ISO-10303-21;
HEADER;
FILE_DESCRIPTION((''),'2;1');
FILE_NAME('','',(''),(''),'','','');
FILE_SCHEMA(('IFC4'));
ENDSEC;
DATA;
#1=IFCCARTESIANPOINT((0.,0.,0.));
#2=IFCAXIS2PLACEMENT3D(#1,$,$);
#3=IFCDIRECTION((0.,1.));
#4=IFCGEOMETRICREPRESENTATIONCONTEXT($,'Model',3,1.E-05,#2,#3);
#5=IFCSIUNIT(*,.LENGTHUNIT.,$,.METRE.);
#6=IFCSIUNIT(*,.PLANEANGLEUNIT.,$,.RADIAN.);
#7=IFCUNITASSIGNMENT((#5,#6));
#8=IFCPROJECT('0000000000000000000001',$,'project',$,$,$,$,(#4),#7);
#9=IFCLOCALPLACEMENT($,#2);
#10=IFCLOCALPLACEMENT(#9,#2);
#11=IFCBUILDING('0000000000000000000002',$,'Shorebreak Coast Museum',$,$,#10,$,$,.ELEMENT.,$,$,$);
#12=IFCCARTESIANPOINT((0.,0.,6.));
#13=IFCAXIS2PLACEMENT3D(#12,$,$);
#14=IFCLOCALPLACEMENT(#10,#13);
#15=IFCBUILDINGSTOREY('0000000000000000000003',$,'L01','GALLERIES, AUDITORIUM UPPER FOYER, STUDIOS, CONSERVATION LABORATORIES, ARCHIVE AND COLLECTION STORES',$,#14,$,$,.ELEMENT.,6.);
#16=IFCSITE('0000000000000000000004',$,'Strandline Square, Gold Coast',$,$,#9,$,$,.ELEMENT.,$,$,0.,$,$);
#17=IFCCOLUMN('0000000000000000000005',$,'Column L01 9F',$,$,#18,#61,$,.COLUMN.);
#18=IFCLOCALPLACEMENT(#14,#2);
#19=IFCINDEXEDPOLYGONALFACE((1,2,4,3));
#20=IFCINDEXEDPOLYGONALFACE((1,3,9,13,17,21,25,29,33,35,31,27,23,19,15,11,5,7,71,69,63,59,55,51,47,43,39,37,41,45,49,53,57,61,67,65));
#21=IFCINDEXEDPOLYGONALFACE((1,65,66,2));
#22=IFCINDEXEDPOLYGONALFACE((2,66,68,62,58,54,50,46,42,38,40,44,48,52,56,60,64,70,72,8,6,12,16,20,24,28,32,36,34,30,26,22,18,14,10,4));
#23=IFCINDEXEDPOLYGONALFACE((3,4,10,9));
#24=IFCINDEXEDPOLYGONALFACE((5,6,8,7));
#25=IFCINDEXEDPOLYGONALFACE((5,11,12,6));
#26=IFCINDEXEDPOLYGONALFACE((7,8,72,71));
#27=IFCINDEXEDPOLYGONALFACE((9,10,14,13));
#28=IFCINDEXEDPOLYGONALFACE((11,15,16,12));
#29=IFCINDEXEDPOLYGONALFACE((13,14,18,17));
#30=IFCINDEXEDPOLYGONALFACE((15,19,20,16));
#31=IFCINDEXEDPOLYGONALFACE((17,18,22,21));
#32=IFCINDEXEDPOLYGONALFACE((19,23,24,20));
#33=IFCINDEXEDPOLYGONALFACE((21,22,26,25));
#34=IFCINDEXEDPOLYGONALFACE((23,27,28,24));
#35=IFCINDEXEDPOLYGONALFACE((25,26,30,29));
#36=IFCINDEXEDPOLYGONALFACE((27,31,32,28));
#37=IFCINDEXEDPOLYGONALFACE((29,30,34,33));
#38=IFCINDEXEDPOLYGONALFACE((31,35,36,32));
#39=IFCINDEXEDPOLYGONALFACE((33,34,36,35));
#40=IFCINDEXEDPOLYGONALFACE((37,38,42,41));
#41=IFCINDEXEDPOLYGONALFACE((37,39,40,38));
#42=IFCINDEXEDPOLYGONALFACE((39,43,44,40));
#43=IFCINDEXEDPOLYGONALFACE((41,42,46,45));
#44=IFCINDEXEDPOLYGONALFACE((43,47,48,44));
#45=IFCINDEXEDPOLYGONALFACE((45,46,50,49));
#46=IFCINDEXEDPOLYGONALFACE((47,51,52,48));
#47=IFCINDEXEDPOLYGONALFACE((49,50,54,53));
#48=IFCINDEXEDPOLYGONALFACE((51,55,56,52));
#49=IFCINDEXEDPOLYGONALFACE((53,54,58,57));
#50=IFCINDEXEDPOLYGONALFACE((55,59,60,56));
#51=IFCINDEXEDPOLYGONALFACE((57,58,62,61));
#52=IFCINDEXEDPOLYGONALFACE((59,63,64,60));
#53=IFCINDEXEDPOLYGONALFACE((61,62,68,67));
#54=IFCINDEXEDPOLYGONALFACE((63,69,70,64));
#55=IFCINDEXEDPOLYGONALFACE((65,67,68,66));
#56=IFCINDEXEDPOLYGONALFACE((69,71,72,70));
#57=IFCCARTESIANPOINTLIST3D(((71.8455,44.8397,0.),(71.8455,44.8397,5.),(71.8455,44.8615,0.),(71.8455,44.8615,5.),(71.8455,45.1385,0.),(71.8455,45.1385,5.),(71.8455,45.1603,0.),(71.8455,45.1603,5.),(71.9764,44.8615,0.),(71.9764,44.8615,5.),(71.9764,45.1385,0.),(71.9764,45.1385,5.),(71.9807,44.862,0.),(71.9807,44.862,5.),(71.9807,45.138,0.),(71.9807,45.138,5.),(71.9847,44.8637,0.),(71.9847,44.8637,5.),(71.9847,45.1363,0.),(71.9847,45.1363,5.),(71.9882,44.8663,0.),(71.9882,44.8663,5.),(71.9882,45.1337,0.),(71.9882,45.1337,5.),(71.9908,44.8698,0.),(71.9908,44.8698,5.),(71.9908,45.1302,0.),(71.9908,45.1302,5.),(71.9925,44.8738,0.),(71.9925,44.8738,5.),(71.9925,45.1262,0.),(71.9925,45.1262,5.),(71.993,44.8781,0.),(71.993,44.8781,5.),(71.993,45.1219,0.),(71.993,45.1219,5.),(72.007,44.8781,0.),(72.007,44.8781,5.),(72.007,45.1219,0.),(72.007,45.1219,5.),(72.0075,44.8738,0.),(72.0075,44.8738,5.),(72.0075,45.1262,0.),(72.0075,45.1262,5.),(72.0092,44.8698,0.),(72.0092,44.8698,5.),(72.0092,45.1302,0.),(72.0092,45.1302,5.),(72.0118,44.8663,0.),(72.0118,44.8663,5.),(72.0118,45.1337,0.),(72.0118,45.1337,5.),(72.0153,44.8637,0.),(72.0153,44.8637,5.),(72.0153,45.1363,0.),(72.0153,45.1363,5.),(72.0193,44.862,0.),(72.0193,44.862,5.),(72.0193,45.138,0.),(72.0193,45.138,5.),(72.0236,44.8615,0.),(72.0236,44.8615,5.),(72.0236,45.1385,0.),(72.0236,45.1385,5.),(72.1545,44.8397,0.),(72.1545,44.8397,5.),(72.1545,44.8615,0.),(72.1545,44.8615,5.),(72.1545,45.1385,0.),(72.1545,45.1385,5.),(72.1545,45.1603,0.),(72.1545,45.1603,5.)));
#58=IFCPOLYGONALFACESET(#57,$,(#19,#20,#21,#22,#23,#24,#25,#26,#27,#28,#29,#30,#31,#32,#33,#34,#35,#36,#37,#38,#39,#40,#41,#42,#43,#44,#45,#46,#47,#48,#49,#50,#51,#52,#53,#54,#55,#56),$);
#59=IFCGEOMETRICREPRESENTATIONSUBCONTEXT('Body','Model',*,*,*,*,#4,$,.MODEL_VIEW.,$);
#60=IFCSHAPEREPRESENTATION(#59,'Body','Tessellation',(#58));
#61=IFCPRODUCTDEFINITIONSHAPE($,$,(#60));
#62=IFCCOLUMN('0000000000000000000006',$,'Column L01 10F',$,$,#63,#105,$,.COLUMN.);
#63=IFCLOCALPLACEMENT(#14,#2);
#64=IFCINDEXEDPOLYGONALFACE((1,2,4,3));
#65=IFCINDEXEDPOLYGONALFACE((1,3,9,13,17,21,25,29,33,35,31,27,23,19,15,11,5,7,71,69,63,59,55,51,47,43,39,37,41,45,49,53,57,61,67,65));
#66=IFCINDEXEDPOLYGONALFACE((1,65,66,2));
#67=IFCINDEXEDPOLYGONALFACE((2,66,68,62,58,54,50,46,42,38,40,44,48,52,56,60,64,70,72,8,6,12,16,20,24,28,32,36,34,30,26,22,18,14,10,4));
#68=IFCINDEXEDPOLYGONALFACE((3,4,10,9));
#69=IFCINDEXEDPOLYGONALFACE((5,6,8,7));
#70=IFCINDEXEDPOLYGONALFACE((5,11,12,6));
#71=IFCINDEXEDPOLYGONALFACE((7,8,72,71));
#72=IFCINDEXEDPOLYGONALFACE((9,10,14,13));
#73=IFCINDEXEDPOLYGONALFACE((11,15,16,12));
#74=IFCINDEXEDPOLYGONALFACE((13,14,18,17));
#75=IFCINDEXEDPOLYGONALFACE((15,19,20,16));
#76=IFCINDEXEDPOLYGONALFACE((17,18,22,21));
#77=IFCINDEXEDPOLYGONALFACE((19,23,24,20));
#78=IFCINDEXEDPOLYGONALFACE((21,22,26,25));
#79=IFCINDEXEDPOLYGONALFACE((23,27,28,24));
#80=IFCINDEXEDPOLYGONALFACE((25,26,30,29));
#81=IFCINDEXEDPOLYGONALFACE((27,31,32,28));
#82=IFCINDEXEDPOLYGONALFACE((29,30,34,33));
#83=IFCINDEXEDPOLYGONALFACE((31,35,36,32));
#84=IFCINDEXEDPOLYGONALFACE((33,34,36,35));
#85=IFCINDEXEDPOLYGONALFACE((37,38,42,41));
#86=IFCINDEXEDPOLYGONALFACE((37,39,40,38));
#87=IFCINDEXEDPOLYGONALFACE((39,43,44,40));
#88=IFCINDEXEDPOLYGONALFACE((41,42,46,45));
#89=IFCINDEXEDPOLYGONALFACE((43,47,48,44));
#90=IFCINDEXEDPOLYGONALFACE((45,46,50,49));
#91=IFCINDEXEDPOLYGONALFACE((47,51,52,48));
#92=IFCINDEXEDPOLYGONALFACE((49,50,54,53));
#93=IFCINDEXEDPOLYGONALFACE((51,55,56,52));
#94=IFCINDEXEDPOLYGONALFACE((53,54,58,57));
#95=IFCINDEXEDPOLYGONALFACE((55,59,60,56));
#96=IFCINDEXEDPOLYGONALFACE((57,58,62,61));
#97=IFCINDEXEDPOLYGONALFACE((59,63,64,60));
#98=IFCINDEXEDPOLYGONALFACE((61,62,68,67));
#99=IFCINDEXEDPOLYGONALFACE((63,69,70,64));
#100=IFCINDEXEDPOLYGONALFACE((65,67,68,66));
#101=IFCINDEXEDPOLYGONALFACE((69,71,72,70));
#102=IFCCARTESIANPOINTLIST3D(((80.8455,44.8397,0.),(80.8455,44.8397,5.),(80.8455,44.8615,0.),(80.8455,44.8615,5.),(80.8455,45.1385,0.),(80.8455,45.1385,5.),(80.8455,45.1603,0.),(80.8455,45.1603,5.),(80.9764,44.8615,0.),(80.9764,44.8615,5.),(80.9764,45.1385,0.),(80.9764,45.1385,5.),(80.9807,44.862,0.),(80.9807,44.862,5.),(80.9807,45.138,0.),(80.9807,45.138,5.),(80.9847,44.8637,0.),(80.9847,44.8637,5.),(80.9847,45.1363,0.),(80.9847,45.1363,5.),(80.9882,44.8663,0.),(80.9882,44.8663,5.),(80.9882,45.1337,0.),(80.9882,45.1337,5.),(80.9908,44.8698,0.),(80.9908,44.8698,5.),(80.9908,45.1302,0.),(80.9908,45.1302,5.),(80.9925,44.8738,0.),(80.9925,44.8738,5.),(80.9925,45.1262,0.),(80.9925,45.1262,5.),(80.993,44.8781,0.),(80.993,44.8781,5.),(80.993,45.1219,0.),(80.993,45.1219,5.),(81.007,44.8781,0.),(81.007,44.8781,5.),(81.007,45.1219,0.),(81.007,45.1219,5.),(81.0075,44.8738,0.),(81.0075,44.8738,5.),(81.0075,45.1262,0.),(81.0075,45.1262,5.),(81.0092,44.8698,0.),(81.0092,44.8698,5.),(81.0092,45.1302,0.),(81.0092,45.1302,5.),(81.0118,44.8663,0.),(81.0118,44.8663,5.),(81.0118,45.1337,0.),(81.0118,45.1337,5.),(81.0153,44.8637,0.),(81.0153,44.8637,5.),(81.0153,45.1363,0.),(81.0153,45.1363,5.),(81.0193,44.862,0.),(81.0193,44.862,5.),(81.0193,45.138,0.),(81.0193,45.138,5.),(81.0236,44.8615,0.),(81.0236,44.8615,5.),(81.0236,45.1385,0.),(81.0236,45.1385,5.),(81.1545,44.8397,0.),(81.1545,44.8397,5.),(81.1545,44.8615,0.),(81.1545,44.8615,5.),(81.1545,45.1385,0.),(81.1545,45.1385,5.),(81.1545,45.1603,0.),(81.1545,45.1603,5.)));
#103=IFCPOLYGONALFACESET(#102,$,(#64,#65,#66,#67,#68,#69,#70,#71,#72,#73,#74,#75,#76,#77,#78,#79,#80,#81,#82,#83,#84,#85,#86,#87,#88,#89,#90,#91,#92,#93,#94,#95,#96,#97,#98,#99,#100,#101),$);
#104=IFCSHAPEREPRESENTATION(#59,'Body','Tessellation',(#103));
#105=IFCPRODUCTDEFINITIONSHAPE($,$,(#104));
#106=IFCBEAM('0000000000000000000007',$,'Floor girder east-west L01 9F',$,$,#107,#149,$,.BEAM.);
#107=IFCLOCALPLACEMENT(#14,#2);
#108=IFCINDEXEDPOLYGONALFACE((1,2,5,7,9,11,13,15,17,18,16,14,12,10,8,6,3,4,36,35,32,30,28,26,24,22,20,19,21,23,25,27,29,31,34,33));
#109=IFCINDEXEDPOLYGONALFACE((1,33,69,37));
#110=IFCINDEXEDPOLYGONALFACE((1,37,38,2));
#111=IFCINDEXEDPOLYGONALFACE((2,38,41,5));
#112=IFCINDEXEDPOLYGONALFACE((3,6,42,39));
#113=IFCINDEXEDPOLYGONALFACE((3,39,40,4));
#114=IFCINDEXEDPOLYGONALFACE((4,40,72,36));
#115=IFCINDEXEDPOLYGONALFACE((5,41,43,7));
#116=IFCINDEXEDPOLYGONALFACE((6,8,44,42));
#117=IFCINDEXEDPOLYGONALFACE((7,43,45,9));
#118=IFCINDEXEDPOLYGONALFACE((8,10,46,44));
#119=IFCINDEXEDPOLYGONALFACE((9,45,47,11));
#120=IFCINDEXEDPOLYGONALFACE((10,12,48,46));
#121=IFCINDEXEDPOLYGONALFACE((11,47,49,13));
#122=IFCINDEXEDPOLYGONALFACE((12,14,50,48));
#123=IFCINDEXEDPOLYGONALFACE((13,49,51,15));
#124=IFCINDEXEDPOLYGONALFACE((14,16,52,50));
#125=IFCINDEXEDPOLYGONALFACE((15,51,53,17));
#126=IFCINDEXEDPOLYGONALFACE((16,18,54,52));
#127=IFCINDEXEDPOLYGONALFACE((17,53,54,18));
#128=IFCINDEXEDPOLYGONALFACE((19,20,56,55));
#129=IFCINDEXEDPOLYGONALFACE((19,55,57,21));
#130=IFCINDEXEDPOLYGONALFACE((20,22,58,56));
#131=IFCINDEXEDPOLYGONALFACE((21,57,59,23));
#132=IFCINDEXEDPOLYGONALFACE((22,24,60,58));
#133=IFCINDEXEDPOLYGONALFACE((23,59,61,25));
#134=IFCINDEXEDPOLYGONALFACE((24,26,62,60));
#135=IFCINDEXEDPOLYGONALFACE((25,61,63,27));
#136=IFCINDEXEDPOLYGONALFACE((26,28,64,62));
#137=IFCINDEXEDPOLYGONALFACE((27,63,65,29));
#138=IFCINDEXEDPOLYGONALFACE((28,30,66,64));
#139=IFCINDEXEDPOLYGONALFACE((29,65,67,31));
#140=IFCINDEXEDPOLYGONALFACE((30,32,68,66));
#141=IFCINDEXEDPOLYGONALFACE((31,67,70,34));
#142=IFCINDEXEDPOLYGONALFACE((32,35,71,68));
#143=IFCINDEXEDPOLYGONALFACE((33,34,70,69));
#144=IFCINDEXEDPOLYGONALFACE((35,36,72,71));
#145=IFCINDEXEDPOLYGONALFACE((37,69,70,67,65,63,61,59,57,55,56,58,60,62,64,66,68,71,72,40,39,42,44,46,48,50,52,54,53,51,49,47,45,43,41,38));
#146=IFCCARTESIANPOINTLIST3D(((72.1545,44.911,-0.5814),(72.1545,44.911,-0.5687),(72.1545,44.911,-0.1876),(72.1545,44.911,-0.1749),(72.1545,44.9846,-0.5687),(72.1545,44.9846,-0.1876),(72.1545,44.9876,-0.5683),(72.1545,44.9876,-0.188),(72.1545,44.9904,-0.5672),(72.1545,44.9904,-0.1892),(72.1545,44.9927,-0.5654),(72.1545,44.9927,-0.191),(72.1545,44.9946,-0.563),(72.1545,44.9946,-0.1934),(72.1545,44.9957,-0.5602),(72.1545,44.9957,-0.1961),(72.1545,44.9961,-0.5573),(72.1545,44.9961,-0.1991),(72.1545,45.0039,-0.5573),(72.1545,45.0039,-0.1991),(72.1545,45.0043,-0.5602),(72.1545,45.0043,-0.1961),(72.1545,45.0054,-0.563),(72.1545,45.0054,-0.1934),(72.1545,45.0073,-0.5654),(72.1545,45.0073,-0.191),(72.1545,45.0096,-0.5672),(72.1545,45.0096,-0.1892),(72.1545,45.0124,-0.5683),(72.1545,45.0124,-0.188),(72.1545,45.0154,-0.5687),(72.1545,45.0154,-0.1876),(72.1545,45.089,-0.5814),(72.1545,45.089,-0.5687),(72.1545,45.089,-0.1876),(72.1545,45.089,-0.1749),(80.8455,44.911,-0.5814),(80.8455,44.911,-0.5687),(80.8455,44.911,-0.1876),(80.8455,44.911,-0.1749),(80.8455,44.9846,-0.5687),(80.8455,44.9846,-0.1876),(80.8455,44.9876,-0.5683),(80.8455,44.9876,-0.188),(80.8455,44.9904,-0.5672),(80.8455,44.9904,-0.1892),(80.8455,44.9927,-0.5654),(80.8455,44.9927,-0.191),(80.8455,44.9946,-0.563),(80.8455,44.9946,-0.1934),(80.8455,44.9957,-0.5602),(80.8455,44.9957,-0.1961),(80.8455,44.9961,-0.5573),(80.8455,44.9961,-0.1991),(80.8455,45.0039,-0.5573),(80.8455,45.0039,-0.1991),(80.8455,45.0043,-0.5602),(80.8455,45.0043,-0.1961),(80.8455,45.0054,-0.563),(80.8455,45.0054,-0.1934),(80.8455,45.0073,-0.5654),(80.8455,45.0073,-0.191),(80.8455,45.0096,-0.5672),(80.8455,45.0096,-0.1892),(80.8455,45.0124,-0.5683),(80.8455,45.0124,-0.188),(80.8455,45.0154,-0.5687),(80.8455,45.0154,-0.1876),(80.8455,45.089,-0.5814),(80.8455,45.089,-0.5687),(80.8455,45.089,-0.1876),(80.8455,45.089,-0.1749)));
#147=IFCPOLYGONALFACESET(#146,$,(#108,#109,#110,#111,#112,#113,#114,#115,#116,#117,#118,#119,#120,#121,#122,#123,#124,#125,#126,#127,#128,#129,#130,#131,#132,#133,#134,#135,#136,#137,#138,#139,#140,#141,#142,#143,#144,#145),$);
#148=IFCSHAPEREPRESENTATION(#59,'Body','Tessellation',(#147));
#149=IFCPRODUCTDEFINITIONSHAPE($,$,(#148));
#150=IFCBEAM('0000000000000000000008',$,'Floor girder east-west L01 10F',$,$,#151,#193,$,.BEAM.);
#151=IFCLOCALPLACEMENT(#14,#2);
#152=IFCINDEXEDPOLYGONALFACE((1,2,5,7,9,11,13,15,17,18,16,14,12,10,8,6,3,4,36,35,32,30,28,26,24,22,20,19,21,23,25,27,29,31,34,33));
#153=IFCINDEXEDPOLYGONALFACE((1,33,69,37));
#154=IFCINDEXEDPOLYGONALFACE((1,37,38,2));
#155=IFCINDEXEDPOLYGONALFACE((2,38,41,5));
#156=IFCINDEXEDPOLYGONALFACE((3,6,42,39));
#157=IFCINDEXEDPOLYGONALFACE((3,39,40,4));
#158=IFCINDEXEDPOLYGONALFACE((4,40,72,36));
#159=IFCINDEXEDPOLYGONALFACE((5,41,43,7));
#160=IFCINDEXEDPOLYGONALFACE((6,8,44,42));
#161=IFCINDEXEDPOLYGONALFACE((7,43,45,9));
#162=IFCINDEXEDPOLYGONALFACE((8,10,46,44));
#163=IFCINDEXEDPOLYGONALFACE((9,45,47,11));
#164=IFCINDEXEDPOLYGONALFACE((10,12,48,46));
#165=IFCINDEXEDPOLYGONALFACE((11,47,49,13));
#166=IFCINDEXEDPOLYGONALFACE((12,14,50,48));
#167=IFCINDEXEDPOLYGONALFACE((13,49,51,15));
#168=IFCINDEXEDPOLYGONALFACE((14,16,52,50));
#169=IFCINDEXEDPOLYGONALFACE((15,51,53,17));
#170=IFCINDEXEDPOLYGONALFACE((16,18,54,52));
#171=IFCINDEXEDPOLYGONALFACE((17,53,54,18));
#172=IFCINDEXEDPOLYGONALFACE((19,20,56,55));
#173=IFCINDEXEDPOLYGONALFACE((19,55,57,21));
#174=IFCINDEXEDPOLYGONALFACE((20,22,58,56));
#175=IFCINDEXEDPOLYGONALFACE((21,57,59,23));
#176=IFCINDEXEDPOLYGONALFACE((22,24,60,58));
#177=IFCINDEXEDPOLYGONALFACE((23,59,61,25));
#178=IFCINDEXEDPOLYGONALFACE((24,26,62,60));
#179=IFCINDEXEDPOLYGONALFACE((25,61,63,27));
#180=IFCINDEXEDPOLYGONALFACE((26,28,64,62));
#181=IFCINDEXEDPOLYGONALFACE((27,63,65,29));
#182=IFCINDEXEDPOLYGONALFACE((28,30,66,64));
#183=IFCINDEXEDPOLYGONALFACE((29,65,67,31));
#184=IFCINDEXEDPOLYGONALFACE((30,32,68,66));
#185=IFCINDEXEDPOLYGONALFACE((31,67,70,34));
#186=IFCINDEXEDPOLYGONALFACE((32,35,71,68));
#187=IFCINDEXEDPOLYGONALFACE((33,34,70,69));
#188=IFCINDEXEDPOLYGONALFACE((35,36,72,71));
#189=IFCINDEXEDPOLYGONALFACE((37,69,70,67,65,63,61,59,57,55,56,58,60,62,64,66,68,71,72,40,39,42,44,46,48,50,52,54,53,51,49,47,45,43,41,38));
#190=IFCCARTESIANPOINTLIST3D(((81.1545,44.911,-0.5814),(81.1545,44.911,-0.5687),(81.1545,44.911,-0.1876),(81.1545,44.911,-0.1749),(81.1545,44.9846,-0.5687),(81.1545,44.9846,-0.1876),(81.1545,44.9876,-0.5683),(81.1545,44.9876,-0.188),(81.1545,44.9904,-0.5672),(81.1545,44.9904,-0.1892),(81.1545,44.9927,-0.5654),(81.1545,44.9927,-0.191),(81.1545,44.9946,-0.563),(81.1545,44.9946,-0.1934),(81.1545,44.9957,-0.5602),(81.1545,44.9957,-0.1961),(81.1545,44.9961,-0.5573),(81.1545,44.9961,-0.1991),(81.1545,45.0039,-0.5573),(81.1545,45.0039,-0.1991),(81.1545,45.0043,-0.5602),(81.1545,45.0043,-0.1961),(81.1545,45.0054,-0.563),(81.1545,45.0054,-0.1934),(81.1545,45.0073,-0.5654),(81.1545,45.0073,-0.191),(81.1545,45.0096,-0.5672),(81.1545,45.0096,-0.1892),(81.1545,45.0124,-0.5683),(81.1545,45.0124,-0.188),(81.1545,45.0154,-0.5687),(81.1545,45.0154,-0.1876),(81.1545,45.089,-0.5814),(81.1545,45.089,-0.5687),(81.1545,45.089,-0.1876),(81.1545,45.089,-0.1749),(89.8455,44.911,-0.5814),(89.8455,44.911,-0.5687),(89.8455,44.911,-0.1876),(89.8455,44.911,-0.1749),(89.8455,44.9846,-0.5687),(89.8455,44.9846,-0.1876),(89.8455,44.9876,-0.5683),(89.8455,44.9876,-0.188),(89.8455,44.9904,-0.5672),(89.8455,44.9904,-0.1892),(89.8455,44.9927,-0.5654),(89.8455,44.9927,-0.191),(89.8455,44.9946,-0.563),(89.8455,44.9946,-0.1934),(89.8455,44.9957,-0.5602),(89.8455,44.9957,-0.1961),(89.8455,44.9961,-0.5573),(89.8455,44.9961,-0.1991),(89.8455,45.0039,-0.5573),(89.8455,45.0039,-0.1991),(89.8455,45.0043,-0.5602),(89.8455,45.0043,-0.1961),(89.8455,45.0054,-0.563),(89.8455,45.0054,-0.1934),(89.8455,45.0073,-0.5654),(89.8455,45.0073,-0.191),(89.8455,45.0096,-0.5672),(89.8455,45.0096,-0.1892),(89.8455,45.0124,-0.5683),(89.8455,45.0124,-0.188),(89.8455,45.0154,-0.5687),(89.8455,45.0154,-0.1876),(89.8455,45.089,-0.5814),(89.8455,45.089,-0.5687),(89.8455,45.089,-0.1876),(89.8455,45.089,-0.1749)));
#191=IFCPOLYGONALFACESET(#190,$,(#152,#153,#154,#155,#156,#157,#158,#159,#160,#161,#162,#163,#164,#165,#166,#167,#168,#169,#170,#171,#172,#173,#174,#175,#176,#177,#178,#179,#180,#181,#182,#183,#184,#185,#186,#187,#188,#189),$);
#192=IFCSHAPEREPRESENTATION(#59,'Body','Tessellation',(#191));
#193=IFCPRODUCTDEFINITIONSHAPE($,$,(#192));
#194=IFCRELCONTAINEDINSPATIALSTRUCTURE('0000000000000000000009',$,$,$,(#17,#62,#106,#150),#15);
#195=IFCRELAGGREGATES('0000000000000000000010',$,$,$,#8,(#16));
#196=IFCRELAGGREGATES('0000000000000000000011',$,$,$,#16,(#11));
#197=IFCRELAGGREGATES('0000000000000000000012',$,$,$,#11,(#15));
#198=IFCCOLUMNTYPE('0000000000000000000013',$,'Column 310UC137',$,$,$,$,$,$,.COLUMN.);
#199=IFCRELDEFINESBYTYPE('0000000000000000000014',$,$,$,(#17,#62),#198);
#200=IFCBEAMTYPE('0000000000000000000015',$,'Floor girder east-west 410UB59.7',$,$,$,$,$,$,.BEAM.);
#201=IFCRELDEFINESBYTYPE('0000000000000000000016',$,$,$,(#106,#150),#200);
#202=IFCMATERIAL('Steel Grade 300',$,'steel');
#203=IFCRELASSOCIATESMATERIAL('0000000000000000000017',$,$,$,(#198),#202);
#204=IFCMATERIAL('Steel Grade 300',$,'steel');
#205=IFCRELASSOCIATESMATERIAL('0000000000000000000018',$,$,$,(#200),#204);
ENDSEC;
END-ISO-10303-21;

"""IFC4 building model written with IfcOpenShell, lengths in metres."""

from ifc_helpers import new_model, si_unit, direction, frame, origin, origin_2d, place, context, subcontext, project, spatial, i_section, extrude, material, material_profile, profile_set, type_object, element, save


model = new_model("IFC4")

# Units and contexts
model_context = context("Model", 3, precision=1e-05, world=origin(), true_north=direction((0.0, 1.0)))
body_context = subcontext(model_context, "Body", "Model", "MODEL_VIEW")
ifc_project = project(units=[si_unit("LENGTHUNIT", "METRE"), si_unit("PLANEANGLEUNIT", "RADIAN")], contexts=[model_context])

# Site, building, storey
site_placement = place(None, origin())
site = spatial("IfcSite", under=ifc_project, at=site_placement, Name="Strandline Square, Gold Coast", CompositionType="ELEMENT", RefElevation=0.0)
building_placement = place(site_placement, origin())
building = spatial("IfcBuilding", under=site, at=building_placement, Name="Shorebreak Coast Museum", CompositionType="ELEMENT")
storey_placement = place(building_placement, frame((0.0, 0.0, 6.0)))
storey = spatial("IfcBuildingStorey", under=building, at=storey_placement, Name="L01", Description="GALLERIES, AUDITORIUM UPPER FOYER, STUDIOS, CONSERVATION LABORATORIES, ARCHIVE AND COLLECTION STORES", CompositionType="ELEMENT", Elevation=6.0)

# Columns
ifc_material_1 = material(Name="Steel Grade 300", Category="steel")
ifc_material_profile_1 = material_profile(ifc_material_1, i_section(OverallWidth=0.3091, OverallDepth=0.3206, WebThickness=0.0139, FlangeThickness=0.0217, FilletRadius=0.0166, at=origin_2d()), Name="310UC137")
ifc_profile_set_1 = profile_set([ifc_material_profile_1], Name="Steel Grade 300")
column_type = type_object("IfcColumnType", Name="Column 310UC137", PredefinedType="COLUMN", material=ifc_profile_set_1)
for number, where, z_axis, x_axis, name in (
    (1, (72.0, 45.0, 0.0), (0.0, 0.0, 1.0), (1.0, 0.0, 0.0), "Column L01 9F"),
    (2, (81.0, 45.0, 0.0), (0.0, 0.0, 1.0), (1.0, 0.0, 0.0), "Column L01 10F"),
):
    element("IfcColumn", number, at=place(storey_placement, frame(where, z_axis=z_axis, x_axis=x_axis)), inside=storey, type_object=column_type, Name=name, PredefinedType="COLUMN", context=body_context, shape_type="SweptSolid", body=[
        extrude(i_section(OverallWidth=0.3091, OverallDepth=0.3206, WebThickness=0.0139, FlangeThickness=0.0217, FilletRadius=0.0166, at=origin_2d()), origin(), (0.0, 0.0, 1.0), 5.0),
    ])

# Beams
ifc_material_2 = material(Name="Steel Grade 300", Category="steel")
ifc_material_profile_2 = material_profile(ifc_material_2, i_section(OverallWidth=0.178, OverallDepth=0.4065, WebThickness=0.0078, FlangeThickness=0.0127, FilletRadius=0.0115, at=origin_2d()), Name="410UB59.7")
ifc_profile_set_2 = profile_set([ifc_material_profile_2], Name="Steel Grade 300")
beam_type_1 = type_object("IfcBeamType", Name="Floor girder east-west 410UB59.7", PredefinedType="BEAM", material=ifc_profile_set_2)
for number, where, z_axis, x_axis, name in (
    (3, (72.1545, 45.0, -0.3782), (1.0, 0.0, 0.0), (0.0, 1.0, 0.0), "Floor girder east-west L01 9F"),
    (4, (81.1545, 45.0, -0.3782), (1.0, 0.0, 0.0), (0.0, 1.0, 0.0), "Floor girder east-west L01 10F"),
):
    element("IfcBeam", number, at=place(storey_placement, frame(where, z_axis=z_axis, x_axis=x_axis)), inside=storey, type_object=beam_type_1, Name=name, PredefinedType="BEAM", context=body_context, shape_type="SweptSolid", body=[
        extrude(i_section(OverallWidth=0.178, OverallDepth=0.4065, WebThickness=0.0078, FlangeThickness=0.0127, FilletRadius=0.0115, at=origin_2d()), origin(), (0.0, 0.0, 1.0), 8.6909),
    ])

save(model, "model.ifc")
